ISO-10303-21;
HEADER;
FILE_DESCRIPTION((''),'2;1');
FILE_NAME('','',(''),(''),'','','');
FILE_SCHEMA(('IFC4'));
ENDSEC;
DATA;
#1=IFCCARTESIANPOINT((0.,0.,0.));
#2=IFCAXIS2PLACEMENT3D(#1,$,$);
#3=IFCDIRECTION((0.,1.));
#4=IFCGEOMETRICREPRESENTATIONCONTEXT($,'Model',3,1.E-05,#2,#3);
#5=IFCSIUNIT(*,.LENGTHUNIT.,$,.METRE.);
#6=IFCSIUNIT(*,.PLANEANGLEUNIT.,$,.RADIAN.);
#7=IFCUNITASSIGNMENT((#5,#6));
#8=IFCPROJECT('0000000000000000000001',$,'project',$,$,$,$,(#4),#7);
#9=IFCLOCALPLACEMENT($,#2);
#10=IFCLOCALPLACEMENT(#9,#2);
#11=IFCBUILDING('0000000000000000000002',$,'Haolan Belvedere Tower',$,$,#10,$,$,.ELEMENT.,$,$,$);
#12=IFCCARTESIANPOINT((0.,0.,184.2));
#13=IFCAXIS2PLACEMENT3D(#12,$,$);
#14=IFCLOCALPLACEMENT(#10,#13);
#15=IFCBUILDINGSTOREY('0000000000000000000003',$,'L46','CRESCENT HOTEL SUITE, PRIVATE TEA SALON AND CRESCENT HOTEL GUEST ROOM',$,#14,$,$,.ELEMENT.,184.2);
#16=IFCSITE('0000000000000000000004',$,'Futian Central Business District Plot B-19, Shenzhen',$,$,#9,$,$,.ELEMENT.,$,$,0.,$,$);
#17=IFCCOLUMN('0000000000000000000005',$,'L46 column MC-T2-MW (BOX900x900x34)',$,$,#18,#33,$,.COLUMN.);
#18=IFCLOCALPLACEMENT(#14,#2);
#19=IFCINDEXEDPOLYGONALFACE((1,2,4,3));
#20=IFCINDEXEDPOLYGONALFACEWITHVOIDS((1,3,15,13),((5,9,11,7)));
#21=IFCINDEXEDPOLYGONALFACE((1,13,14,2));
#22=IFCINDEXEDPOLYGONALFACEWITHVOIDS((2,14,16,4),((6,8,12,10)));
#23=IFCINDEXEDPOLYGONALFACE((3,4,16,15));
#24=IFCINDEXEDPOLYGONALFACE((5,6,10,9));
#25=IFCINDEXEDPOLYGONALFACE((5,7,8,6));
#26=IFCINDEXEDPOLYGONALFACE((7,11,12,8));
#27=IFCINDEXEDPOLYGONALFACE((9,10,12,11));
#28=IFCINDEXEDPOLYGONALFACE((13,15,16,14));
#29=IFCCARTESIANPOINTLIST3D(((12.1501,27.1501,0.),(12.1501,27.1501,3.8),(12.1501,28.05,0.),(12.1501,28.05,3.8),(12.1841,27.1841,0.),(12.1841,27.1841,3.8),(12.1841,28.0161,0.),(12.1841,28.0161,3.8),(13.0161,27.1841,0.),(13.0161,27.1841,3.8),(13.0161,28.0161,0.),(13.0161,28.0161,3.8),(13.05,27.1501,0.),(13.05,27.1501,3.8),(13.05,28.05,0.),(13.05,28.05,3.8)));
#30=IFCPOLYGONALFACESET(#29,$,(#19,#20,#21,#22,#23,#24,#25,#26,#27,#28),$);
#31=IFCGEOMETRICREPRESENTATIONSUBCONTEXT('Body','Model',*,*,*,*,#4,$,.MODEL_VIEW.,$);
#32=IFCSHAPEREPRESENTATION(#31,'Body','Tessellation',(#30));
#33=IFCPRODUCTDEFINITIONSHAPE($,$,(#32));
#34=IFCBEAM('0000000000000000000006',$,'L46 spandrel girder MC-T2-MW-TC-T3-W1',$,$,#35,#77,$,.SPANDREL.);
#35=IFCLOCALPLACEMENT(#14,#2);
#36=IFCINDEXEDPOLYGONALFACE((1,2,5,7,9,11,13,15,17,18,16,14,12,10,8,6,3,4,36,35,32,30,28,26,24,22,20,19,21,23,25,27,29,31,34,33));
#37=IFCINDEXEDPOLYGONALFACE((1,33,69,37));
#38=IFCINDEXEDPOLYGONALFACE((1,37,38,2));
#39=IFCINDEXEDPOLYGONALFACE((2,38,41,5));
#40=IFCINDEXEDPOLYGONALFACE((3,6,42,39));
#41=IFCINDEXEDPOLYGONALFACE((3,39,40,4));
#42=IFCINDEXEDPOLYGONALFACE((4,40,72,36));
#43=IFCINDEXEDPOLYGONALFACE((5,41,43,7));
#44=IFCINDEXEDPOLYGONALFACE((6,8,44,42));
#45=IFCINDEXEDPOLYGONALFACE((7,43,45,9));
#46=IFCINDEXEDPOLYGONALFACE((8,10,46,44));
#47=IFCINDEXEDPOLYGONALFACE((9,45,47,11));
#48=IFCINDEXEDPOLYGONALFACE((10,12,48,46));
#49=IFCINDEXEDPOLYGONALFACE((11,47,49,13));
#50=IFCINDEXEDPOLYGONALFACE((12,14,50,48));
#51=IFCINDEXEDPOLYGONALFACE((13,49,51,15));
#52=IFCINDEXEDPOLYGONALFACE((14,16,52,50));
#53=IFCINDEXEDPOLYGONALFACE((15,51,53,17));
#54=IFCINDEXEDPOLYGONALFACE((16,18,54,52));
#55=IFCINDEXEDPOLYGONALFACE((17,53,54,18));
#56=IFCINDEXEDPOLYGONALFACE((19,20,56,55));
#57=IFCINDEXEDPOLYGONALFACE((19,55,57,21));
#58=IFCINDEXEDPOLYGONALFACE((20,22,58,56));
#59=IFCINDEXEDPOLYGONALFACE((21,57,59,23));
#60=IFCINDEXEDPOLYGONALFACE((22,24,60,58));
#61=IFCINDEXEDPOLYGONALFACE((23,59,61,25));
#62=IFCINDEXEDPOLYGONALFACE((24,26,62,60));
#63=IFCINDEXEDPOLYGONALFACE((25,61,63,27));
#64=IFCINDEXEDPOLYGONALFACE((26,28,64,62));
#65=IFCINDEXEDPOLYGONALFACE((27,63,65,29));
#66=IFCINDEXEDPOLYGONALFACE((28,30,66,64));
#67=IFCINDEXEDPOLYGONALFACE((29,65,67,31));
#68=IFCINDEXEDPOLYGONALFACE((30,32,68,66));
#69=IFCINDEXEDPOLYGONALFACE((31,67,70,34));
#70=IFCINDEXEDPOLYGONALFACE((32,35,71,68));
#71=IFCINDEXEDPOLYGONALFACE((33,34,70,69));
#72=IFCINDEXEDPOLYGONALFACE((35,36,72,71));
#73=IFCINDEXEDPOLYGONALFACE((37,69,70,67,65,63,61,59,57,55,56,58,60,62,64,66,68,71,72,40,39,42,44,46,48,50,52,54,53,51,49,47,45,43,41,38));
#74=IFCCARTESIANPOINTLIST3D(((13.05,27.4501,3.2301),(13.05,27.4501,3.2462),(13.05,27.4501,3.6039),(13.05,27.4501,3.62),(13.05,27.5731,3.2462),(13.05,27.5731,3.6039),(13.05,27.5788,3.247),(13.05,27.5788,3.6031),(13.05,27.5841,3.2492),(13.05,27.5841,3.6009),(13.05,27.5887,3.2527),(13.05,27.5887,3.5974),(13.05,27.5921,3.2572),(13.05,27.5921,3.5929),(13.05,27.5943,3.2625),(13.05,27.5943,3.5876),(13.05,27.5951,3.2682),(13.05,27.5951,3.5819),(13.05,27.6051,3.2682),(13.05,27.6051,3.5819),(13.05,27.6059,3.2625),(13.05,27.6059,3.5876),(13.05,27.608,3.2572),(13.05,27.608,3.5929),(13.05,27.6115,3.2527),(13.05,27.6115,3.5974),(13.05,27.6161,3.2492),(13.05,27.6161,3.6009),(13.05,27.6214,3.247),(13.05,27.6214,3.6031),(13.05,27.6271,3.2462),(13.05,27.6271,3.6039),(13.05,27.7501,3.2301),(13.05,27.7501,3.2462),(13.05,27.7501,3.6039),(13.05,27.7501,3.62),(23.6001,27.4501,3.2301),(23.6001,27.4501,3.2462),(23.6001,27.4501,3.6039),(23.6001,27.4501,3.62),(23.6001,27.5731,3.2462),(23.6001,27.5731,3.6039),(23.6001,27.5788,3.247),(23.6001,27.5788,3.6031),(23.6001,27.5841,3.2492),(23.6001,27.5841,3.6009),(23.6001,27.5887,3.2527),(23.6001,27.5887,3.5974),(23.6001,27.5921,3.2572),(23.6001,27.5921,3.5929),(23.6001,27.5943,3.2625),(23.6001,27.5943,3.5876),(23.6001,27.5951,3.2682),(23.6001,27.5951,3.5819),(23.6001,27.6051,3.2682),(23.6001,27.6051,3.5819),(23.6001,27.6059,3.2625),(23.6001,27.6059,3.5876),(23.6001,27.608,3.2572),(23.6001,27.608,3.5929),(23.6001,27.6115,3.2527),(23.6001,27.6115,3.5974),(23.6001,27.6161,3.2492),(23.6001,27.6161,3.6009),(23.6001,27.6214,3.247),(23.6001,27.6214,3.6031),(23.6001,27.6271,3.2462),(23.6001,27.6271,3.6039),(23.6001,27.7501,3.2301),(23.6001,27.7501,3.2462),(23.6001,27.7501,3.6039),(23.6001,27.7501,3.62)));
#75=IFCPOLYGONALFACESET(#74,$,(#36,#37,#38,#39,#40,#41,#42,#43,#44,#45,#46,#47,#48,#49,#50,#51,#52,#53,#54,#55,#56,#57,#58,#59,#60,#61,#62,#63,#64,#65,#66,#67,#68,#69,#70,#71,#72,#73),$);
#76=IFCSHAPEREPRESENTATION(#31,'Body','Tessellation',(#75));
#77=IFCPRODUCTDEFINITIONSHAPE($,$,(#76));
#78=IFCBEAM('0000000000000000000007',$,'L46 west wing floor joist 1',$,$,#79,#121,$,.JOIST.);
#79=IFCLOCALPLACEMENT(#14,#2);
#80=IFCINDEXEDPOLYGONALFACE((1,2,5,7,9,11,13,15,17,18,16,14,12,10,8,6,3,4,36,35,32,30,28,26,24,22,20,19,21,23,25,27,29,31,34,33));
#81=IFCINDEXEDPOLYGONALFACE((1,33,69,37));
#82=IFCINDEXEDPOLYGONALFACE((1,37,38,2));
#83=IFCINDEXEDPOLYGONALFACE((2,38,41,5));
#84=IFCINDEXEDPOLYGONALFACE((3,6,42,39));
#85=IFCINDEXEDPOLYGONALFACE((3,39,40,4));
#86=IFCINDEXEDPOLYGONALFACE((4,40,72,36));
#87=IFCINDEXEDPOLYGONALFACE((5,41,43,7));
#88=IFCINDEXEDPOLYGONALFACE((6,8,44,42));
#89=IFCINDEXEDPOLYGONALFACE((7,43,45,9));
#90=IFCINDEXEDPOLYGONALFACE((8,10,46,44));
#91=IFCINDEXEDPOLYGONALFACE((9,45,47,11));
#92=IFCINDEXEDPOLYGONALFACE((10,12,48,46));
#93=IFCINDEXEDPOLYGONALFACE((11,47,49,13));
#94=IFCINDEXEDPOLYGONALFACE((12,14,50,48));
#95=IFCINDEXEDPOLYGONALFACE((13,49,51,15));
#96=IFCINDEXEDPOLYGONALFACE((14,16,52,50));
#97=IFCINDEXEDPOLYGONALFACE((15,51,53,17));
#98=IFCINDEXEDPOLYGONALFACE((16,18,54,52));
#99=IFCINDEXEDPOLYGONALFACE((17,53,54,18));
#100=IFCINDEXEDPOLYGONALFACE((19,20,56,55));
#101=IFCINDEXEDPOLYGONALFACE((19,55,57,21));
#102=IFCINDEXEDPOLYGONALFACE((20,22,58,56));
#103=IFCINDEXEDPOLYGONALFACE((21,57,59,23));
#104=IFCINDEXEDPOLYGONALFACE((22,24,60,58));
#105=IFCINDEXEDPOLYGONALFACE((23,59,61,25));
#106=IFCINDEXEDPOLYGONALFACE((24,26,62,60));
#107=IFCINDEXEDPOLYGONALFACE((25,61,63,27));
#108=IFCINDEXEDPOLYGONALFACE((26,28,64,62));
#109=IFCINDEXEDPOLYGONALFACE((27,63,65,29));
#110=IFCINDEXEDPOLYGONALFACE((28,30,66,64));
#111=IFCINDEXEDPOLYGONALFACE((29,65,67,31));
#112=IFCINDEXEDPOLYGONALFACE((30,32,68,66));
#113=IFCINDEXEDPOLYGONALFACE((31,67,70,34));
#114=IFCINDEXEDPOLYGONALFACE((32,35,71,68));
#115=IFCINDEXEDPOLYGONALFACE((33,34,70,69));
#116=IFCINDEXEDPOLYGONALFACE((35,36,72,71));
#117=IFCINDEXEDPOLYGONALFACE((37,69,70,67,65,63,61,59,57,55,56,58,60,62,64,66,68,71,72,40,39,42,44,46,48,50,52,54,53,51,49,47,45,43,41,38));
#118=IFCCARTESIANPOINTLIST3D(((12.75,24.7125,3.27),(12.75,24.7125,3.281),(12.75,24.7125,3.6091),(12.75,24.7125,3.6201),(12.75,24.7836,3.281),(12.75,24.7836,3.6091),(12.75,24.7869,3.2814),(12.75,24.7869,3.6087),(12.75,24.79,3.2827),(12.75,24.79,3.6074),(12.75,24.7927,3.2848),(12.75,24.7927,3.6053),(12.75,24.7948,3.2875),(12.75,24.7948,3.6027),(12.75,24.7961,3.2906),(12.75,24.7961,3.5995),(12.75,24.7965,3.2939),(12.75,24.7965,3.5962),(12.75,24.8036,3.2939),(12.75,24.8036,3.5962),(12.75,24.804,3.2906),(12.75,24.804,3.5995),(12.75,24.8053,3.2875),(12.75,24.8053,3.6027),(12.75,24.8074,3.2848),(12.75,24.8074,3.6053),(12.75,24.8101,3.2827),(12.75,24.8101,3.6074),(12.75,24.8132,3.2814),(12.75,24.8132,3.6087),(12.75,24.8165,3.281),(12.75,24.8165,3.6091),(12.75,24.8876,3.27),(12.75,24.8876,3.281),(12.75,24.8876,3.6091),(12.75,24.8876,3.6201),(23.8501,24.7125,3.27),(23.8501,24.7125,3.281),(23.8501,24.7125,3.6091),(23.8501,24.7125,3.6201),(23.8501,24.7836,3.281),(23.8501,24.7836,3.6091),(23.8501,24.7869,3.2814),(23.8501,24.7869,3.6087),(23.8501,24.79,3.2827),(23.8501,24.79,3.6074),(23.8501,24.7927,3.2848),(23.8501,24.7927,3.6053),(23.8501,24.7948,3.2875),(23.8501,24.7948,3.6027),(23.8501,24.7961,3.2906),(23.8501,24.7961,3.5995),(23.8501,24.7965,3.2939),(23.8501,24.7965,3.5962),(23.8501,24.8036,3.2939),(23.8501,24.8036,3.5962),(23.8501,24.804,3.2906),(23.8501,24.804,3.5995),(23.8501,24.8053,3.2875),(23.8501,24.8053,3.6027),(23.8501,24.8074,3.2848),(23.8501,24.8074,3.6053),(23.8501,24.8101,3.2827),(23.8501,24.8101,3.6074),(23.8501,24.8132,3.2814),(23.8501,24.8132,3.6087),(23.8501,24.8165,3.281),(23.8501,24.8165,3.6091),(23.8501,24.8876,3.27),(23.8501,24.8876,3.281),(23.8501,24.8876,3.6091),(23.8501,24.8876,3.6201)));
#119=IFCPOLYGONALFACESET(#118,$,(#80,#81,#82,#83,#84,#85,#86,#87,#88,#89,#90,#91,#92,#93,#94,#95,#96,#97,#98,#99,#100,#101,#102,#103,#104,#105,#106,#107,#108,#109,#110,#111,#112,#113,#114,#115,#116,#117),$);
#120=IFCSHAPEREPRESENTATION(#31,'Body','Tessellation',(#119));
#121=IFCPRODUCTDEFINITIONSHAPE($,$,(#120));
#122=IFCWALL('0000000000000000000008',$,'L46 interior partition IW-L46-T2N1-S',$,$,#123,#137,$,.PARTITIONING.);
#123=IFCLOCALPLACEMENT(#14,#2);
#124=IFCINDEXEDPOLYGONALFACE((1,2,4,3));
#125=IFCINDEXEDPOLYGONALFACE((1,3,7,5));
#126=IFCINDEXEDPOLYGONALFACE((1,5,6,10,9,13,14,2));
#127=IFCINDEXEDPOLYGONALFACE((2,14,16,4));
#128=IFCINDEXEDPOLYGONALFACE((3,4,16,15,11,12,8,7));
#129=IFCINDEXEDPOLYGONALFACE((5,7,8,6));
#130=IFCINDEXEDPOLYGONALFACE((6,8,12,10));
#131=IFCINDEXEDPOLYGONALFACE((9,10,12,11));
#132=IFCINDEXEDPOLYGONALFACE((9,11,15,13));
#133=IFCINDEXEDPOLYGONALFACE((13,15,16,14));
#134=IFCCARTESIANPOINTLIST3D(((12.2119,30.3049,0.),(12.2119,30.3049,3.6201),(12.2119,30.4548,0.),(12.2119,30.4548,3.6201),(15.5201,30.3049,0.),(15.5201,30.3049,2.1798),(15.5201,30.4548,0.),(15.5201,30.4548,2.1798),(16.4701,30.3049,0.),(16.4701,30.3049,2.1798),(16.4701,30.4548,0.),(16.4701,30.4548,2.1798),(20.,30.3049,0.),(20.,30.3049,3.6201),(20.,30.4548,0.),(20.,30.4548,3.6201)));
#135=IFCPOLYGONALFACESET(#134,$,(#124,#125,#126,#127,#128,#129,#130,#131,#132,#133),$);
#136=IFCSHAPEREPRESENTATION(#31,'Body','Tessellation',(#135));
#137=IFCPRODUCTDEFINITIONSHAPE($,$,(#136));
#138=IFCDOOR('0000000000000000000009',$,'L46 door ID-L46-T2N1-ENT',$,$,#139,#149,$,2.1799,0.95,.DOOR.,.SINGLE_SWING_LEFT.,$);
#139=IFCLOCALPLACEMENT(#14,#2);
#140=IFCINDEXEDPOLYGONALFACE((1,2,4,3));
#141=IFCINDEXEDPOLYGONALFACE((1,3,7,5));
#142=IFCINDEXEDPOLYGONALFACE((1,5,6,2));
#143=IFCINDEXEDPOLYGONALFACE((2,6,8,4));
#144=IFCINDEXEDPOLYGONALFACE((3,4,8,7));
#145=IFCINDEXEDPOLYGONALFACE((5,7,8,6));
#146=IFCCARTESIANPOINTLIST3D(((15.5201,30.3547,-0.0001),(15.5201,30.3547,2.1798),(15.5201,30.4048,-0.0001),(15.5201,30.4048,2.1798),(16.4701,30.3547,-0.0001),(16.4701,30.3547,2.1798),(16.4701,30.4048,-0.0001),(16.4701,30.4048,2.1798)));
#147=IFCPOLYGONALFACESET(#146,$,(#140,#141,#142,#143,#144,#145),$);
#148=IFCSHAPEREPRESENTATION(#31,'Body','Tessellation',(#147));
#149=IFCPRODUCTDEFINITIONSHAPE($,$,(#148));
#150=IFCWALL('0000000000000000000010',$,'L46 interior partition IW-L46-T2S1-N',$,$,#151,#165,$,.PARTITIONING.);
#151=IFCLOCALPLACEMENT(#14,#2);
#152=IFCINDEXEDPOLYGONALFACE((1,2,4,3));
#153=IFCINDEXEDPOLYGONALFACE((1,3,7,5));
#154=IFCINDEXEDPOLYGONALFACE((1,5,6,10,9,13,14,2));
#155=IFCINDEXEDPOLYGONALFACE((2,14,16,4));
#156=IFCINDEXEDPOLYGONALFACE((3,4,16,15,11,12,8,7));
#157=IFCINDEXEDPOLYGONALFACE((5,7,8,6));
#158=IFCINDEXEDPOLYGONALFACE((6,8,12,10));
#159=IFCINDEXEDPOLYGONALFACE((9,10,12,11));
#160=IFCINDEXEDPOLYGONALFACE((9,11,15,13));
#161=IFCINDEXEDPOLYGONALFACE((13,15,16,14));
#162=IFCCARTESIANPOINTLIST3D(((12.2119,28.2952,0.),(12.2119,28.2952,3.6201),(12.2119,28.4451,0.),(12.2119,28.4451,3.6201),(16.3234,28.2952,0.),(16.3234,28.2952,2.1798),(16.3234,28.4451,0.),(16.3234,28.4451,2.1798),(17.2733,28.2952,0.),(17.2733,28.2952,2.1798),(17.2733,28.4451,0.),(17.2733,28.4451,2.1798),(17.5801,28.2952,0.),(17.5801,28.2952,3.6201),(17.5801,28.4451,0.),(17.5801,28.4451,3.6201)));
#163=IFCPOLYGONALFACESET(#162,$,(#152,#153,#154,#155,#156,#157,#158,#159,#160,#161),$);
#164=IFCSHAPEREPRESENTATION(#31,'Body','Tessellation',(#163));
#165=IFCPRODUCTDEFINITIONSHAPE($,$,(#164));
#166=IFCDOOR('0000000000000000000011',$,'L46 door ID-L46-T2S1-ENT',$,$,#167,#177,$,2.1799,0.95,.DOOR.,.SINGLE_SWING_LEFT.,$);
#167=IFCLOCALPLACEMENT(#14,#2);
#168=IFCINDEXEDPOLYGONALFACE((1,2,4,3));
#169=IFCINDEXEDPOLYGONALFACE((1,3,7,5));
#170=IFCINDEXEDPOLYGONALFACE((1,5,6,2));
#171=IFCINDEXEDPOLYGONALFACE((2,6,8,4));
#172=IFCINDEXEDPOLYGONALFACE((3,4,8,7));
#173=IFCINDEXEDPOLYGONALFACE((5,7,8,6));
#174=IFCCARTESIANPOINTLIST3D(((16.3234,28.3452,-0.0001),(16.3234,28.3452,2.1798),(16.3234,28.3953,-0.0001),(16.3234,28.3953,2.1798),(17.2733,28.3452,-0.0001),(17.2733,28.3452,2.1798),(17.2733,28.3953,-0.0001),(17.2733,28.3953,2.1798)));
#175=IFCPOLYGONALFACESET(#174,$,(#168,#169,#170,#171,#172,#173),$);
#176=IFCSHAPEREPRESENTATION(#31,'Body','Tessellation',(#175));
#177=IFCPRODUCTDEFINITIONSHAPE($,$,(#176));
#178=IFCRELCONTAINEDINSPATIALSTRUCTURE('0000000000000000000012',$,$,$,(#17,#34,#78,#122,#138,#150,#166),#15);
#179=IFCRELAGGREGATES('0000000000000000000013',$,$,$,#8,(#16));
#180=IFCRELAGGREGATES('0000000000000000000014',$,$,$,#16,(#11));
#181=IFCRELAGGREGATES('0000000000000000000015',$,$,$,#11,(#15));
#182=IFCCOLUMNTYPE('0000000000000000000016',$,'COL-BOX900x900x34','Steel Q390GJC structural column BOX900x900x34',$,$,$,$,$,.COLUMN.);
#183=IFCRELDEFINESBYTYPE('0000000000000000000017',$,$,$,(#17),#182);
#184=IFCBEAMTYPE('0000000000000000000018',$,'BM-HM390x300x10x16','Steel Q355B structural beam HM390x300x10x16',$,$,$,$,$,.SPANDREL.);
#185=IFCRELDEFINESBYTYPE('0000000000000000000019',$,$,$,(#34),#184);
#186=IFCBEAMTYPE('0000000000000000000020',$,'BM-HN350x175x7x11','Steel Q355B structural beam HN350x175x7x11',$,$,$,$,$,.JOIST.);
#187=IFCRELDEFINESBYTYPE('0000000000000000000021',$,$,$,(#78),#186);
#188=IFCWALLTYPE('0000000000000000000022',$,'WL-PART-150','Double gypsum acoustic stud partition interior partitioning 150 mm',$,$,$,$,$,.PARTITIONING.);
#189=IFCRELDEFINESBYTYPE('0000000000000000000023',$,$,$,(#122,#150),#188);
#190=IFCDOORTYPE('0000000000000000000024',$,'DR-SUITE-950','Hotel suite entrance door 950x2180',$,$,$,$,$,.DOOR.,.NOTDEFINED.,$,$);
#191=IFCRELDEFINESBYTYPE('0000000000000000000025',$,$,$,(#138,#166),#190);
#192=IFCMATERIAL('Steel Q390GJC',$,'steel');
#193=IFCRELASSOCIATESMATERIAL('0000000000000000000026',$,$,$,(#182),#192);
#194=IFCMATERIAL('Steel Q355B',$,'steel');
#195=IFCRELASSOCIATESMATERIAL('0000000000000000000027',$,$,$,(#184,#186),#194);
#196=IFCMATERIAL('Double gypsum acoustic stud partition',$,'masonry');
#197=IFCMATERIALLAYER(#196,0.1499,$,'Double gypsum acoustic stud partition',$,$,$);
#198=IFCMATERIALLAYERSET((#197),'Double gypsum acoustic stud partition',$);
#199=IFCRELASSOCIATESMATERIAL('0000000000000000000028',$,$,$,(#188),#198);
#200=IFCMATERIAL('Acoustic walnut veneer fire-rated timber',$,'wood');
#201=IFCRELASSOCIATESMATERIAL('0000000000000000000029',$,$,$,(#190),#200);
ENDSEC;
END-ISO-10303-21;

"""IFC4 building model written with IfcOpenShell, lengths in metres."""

from ifc_helpers import new_model, si_unit, direction, frame, frame_2d, origin, origin_2d, place, context, subcontext, project, spatial, rectangle, hollow_rectangle, i_section, extrude, material, layer, layer_set, material_profile, profile_set, type_object, element, fill, save


model = new_model("IFC4")

# Units and contexts
model_context = context("Model", 3, precision=1e-05, world=origin(), true_north=direction((0.0, 1.0)))
body_context = subcontext(model_context, "Body", "Model", "MODEL_VIEW")
ifc_project = project(units=[si_unit("LENGTHUNIT", "METRE"), si_unit("PLANEANGLEUNIT", "RADIAN")], contexts=[model_context])

# Site, building, storey
site_placement = place(None, origin())
site = spatial("IfcSite", under=ifc_project, at=site_placement, Name="Futian Central Business District Plot B-19, Shenzhen", CompositionType="ELEMENT", RefElevation=0.0)
building_placement = place(site_placement, origin())
building = spatial("IfcBuilding", under=site, at=building_placement, Name="Haolan Belvedere Tower", CompositionType="ELEMENT")
storey_placement = place(building_placement, frame((0.0, 0.0, 184.2)))
storey = spatial("IfcBuildingStorey", under=building, at=storey_placement, Name="L46", Description="CRESCENT HOTEL SUITE, PRIVATE TEA SALON AND CRESCENT HOTEL GUEST ROOM", CompositionType="ELEMENT", Elevation=184.2)

# Column
ifc_material_1 = material(Name="Steel Q390GJC", Category="steel")
ifc_material_profile_1 = material_profile(ifc_material_1, hollow_rectangle(XDim=0.8999, YDim=0.8999, WallThickness=0.0339, at=origin_2d()), Name="Steel Q390GJC")
ifc_profile_set_1 = profile_set([ifc_material_profile_1], Name="Steel Q390GJC")
column_type = type_object("IfcColumnType", Name="COL-BOX900x900x34", Description="Steel Q390GJC structural column BOX900x900x34", PredefinedType="COLUMN", material=ifc_profile_set_1)
column_placement = place(storey_placement, frame((12.6001, 27.6001, 0.0), z_axis=(0.0, 0.0, 1.0), x_axis=(1.0, 0.0, 0.0)))
element("IfcColumn", 1, at=column_placement, inside=storey, type_object=column_type, Name="L46 column MC-T2-MW (BOX900x900x34)", PredefinedType="COLUMN", context=body_context, shape_type="SweptSolid", body=[
    extrude(hollow_rectangle(XDim=0.8999, YDim=0.8999, WallThickness=0.0339, at=origin_2d()), origin(), (0.0, 0.0, 1.0), 3.8),
])

# Beams
ifc_material_2 = material(Name="Steel Q355B", Category="steel")
ifc_material_profile_2 = material_profile(ifc_material_2, i_section(OverallWidth=0.3, OverallDepth=0.3899, WebThickness=0.01, FlangeThickness=0.0161, FilletRadius=0.022, at=origin_2d()), Name="Steel Q355B")
ifc_profile_set_2 = profile_set([ifc_material_profile_2], Name="Steel Q355B")
beam_type_1 = type_object("IfcBeamType", Name="BM-HM390x300x10x16", Description="Steel Q355B structural beam HM390x300x10x16", PredefinedType="SPANDREL", material=ifc_profile_set_2)
beam_1_placement = place(storey_placement, frame((13.05, 27.6001, 3.425), z_axis=(1.0, 0.0, 0.0), x_axis=(0.0, 1.0, 0.0)))
element("IfcBeam", 2, at=beam_1_placement, inside=storey, type_object=beam_type_1, Name="L46 spandrel girder MC-T2-MW-TC-T3-W1", PredefinedType="SPANDREL", context=body_context, shape_type="SweptSolid", body=[
    extrude(i_section(OverallWidth=0.3, OverallDepth=0.3899, WebThickness=0.01, FlangeThickness=0.0161, FilletRadius=0.022, at=origin_2d()), origin(), (0.0, 0.0, 1.0), 10.55),
])
ifc_material_profile_3 = material_profile(ifc_material_2, i_section(OverallWidth=0.175, OverallDepth=0.3501, WebThickness=0.0071, FlangeThickness=0.011, FilletRadius=0.0129, at=origin_2d()), Name="Steel Q355B")
ifc_profile_set_3 = profile_set([ifc_material_profile_3], Name="Steel Q355B")
beam_type_2 = type_object("IfcBeamType", Name="BM-HN350x175x7x11", Description="Steel Q355B structural beam HN350x175x7x11", PredefinedType="JOIST", material=ifc_profile_set_3)
beam_2_placement = place(storey_placement, frame((12.75, 24.8, 3.4451), z_axis=(1.0, 0.0, 0.0), x_axis=(0.0, 1.0, 0.0)))
element("IfcBeam", 3, at=beam_2_placement, inside=storey, type_object=beam_type_2, Name="L46 west wing floor joist 1", PredefinedType="JOIST", context=body_context, shape_type="SweptSolid", body=[
    extrude(i_section(OverallWidth=0.175, OverallDepth=0.3501, WebThickness=0.0071, FlangeThickness=0.011, FilletRadius=0.0129, at=origin_2d()), origin(), (0.0, 0.0, 1.0), 11.1001),
])

# Walls, openings, doors
ifc_material_3 = material(Name="Double gypsum acoustic stud partition", Category="masonry")
ifc_layer_1 = layer(ifc_material_3, 0.1499, Name="Double gypsum acoustic stud partition")
ifc_layer_set_1 = layer_set([ifc_layer_1], Name="Double gypsum acoustic stud partition")
wall_type_1 = type_object("IfcWallType", Name="WL-PART-150", Description="Double gypsum acoustic stud partition interior partitioning 150 mm", PredefinedType="PARTITIONING", material=ifc_layer_set_1)
wall_1_placement = place(storey_placement, frame((12.2119, 30.3799, 0.0), z_axis=(0.0, 0.0, 1.0), x_axis=(1.0, 0.0, 0.0)))
wall_1 = element("IfcWall", 4, at=wall_1_placement, inside=storey, type_object=wall_type_1, Name="L46 interior partition IW-L46-T2N1-S", PredefinedType="PARTITIONING", context=body_context, shape_type="SweptSolid", body=[
    extrude(rectangle(XDim=7.7881, YDim=0.1499, at=frame_2d((3.894, 0.0))), origin(), (0.0, 0.0, 1.0), 3.6201),
])
opening_1_placement = place(wall_1_placement, frame((3.3081, 0.0, 0.0)))
opening_1 = element("IfcOpeningElement", 5, at=opening_1_placement, cuts=wall_1, PredefinedType="OPENING", context=body_context, shape_type="SweptSolid", body=[
    extrude(rectangle(XDim=0.95, YDim=2.1799, at=frame_2d((0.4751, 1.0898))), frame((0.0, 0.085, 0.0), z_axis=(0.0, -1.0, 0.0), x_axis=(1.0, 0.0, 0.0)), (0.0, 0.0, 1.0), 0.1699),
])
ifc_material_4 = material(Name="Acoustic walnut veneer fire-rated timber", Category="wood")
door_type_1 = type_object("IfcDoorType", Name="DR-SUITE-950", Description="Hotel suite entrance door 950x2180", OperationType="NOTDEFINED", PredefinedType="DOOR", material=ifc_material_4)
door_1_placement = place(opening_1_placement, origin())
door_1 = element("IfcDoor", 6, at=door_1_placement, inside=storey, type_object=door_type_1, Name="L46 door ID-L46-T2N1-ENT", OperationType="SINGLE_SWING_LEFT", OverallHeight=2.1799, OverallWidth=0.95, PredefinedType="DOOR", context=body_context, shape_type="SweptSolid", body=[
    extrude(rectangle(XDim=0.95, YDim=2.1799, at=frame_2d((0.4751, 1.0898))), frame((0.0, 0.0249, 0.0), z_axis=(0.0, -1.0, 0.0), x_axis=(1.0, 0.0, 0.0)), (0.0, 0.0, 1.0), 0.05),
])
fill(opening_1, door_1)
wall_2_placement = place(storey_placement, frame((12.2119, 28.3701, 0.0), z_axis=(0.0, 0.0, 1.0), x_axis=(1.0, 0.0, 0.0)))
wall_2 = element("IfcWall", 7, at=wall_2_placement, inside=storey, type_object=wall_type_1, Name="L46 interior partition IW-L46-T2S1-N", PredefinedType="PARTITIONING", context=body_context, shape_type="SweptSolid", body=[
    extrude(rectangle(XDim=5.3682, YDim=0.1499, at=frame_2d((2.6841, 0.0))), origin(), (0.0, 0.0, 1.0), 3.6201),
])
opening_2_placement = place(wall_2_placement, frame((5.0615, 0.0, 0.0), z_axis=(0.0, 0.0, 1.0), x_axis=(-1.0, 0.0, 0.0)))
opening_2 = element("IfcOpeningElement", 8, at=opening_2_placement, cuts=wall_2, PredefinedType="OPENING", context=body_context, shape_type="SweptSolid", body=[
    extrude(rectangle(XDim=0.95, YDim=2.1799, at=frame_2d((0.4751, 1.0898))), frame((0.0, 0.085, 0.0), z_axis=(0.0, -1.0, 0.0), x_axis=(1.0, 0.0, 0.0)), (0.0, 0.0, 1.0), 0.1699),
])
door_2_placement = place(opening_2_placement, origin())
door_2 = element("IfcDoor", 9, at=door_2_placement, inside=storey, type_object=door_type_1, Name="L46 door ID-L46-T2S1-ENT", OperationType="SINGLE_SWING_LEFT", OverallHeight=2.1799, OverallWidth=0.95, PredefinedType="DOOR", context=body_context, shape_type="SweptSolid", body=[
    extrude(rectangle(XDim=0.95, YDim=2.1799, at=frame_2d((0.4751, 1.0898))), frame((0.0, 0.0249, 0.0), z_axis=(0.0, -1.0, 0.0), x_axis=(1.0, 0.0, 0.0)), (0.0, 0.0, 1.0), 0.05),
])
fill(opening_2, door_2)

save(model, "model.ifc")
